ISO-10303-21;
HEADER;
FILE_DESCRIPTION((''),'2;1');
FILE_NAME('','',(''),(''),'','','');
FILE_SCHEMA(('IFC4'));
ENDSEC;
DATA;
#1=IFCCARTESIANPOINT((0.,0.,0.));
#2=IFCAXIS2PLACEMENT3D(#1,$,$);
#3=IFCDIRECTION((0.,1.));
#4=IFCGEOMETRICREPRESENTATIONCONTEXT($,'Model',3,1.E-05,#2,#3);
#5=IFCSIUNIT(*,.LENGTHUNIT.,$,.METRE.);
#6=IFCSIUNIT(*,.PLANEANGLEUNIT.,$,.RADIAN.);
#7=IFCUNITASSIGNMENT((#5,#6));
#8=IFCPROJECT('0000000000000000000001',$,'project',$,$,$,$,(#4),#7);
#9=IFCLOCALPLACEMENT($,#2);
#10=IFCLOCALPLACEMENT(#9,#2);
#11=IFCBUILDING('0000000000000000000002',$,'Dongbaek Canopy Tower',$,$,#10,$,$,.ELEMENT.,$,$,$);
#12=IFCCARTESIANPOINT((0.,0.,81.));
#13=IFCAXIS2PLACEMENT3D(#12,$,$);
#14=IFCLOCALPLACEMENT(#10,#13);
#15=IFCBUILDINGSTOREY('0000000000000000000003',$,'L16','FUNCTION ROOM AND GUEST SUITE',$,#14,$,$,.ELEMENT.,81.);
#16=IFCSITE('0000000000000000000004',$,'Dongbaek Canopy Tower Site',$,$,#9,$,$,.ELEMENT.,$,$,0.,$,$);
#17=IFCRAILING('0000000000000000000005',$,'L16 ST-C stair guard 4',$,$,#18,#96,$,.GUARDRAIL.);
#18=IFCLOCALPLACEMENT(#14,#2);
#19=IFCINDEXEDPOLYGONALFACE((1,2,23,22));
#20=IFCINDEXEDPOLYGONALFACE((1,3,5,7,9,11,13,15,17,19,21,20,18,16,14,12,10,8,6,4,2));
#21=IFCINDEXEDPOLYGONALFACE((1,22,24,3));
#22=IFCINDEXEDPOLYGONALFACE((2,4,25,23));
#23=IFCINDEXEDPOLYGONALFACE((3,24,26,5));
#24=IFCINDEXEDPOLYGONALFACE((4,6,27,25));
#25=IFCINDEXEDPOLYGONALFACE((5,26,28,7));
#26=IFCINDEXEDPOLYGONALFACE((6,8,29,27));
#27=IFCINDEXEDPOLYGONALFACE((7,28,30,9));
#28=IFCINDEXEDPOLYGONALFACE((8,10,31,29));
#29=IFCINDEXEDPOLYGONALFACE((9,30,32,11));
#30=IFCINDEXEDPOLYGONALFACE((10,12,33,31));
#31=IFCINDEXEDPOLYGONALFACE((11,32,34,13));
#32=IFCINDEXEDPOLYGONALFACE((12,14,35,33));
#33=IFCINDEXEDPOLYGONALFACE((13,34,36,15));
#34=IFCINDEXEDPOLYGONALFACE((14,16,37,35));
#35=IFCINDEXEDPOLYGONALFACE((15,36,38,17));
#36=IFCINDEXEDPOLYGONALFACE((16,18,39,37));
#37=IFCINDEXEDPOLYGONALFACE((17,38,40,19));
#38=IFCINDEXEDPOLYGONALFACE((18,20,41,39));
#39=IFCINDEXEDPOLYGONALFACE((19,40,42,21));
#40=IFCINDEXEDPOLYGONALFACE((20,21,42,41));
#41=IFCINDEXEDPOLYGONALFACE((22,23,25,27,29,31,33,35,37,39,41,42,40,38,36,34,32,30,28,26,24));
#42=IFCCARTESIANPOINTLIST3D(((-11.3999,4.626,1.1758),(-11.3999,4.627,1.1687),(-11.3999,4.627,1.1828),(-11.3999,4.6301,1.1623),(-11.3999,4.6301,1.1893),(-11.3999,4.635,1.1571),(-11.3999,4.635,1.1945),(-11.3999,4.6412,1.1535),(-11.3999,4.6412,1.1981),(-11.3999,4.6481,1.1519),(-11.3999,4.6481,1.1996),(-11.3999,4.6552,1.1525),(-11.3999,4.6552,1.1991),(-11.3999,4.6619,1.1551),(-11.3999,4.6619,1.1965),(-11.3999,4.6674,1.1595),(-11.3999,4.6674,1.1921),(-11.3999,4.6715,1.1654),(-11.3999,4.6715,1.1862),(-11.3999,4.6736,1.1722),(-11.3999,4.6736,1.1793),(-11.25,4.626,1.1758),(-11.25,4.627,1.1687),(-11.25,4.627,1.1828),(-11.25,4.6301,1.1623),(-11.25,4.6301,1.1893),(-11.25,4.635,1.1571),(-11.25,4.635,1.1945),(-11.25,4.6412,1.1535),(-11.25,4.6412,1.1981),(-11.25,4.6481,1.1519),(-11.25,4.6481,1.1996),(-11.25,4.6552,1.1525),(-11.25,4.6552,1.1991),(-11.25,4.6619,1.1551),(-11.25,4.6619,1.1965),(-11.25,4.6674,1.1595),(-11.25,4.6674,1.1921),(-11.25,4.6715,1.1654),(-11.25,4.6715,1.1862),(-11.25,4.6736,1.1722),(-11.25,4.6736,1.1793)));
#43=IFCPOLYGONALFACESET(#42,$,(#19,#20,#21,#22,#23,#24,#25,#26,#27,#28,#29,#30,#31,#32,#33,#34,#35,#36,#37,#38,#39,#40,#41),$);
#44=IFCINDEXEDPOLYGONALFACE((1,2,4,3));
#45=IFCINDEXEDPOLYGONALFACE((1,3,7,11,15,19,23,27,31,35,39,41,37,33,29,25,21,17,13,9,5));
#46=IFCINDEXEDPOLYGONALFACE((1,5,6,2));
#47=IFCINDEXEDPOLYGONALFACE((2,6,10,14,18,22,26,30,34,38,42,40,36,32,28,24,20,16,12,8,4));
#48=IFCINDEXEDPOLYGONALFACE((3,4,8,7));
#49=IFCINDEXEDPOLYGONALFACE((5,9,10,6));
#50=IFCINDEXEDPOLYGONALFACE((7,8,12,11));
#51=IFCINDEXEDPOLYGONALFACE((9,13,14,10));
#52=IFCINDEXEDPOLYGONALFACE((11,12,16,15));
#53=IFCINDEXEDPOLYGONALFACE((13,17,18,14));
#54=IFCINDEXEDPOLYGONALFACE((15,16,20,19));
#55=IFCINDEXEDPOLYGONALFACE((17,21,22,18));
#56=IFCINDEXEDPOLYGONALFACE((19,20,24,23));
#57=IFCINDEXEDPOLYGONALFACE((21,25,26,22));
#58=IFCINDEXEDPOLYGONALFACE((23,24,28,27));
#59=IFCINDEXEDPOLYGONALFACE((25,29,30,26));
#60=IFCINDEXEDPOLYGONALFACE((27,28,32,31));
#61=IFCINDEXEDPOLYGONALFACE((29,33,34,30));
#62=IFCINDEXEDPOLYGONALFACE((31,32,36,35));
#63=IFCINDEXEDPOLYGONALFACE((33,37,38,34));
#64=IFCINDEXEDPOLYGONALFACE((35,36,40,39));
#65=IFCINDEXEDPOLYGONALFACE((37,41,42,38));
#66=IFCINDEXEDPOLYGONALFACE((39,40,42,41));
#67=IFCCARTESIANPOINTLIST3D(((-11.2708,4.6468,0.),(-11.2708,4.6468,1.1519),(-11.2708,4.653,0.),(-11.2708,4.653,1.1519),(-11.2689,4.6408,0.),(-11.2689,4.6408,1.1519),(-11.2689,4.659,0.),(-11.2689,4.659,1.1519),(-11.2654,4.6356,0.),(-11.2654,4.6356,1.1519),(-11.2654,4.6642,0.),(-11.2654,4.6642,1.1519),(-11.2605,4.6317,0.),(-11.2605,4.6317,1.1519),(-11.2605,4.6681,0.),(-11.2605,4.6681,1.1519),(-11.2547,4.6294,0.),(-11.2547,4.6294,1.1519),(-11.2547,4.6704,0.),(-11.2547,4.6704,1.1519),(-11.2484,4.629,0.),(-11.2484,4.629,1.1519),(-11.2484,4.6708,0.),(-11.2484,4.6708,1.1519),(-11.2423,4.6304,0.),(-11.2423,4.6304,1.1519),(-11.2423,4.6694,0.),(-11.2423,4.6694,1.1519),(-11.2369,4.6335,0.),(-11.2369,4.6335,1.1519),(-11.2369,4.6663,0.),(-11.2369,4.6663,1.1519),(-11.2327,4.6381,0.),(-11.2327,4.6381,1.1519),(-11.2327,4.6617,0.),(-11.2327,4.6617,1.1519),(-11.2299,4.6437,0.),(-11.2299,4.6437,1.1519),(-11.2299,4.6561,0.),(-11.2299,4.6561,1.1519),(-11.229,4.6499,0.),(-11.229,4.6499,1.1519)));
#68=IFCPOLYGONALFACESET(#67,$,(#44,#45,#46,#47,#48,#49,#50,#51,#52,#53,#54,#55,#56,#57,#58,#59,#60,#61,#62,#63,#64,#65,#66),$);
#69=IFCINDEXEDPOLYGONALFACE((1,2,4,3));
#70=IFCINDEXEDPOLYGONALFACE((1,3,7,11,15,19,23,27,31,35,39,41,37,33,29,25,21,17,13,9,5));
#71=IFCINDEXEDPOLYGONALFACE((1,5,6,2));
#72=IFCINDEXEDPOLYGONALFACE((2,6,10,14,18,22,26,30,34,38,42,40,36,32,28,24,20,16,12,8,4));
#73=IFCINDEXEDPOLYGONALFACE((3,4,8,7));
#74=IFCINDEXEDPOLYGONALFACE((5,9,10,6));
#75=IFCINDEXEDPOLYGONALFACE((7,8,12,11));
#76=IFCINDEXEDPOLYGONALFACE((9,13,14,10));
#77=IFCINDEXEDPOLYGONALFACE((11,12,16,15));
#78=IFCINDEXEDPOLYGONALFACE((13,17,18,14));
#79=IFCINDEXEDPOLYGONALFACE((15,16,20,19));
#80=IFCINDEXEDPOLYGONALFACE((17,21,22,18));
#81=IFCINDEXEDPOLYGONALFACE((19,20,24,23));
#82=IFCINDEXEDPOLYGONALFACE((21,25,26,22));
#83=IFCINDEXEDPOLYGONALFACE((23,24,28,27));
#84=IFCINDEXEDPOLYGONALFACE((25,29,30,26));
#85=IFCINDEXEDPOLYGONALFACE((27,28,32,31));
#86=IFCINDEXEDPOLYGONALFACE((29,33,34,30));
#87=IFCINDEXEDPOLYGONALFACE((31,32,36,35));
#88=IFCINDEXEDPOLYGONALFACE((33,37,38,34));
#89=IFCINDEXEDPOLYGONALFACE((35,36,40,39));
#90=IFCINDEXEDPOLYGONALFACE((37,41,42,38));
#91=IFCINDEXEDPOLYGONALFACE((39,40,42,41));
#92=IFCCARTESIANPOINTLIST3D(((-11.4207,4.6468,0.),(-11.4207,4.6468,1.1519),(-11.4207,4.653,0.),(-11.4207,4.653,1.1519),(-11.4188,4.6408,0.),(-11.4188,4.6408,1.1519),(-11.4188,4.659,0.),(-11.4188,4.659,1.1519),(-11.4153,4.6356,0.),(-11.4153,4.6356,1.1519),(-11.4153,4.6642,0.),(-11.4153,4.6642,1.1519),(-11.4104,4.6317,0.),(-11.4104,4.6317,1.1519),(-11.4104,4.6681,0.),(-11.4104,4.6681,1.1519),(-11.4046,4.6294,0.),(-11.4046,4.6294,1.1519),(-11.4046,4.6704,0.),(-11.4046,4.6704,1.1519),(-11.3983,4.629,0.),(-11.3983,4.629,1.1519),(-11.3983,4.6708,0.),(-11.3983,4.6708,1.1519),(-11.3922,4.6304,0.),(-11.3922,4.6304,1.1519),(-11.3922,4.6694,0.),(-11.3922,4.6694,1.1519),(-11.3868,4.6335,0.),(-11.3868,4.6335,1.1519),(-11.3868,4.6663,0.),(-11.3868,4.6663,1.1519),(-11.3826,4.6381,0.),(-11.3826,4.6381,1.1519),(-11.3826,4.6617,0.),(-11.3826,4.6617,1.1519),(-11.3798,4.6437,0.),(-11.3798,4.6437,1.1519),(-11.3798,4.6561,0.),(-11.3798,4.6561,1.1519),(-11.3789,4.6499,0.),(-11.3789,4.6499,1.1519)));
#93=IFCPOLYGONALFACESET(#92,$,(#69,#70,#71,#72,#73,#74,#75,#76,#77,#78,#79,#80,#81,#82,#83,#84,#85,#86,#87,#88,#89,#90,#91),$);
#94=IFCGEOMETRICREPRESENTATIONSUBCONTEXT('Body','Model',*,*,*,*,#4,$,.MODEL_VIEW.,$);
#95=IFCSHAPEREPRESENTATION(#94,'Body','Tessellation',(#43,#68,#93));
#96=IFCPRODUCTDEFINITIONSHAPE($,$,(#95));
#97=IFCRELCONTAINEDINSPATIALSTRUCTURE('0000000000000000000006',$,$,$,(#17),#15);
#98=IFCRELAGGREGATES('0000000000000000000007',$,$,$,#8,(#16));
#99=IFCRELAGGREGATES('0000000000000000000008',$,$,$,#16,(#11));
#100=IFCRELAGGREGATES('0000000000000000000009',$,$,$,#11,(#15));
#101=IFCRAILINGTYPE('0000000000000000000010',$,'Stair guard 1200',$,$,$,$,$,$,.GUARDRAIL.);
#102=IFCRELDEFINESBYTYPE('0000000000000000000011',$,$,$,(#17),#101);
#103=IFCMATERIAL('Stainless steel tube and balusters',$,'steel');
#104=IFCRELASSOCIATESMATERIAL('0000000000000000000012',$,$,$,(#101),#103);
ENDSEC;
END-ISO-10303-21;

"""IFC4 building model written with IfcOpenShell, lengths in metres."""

from ifc_helpers import new_model, si_unit, direction, frame, origin, origin_2d, place, context, subcontext, project, spatial, circle, extrude, material, type_object, element, save


model = new_model("IFC4")

# Units and contexts
model_context = context("Model", 3, precision=1e-05, world=origin(), true_north=direction((0.0, 1.0)))
body_context = subcontext(model_context, "Body", "Model", "MODEL_VIEW")
ifc_project = project(units=[si_unit("LENGTHUNIT", "METRE"), si_unit("PLANEANGLEUNIT", "RADIAN")], contexts=[model_context])

# Site, building, storey
site_placement = place(None, origin())
site = spatial("IfcSite", under=ifc_project, at=site_placement, Name="Dongbaek Canopy Tower Site", CompositionType="ELEMENT", RefElevation=0.0)
building_placement = place(site_placement, origin())
building = spatial("IfcBuilding", under=site, at=building_placement, Name="Dongbaek Canopy Tower", CompositionType="ELEMENT")
storey_placement = place(building_placement, frame((0.0, 0.0, 81.0)))
storey = spatial("IfcBuildingStorey", under=building, at=storey_placement, Name="L16", Description="FUNCTION ROOM AND GUEST SUITE", CompositionType="ELEMENT", Elevation=81.0)

# Railing
ifc_material_1 = material(Name="Stainless steel tube and balusters", Category="steel")
railing_type_1 = type_object("IfcRailingType", Name="Stair guard 1200", PredefinedType="GUARDRAIL", material=ifc_material_1)
railing_1_placement = place(storey_placement, frame((-11.25, 4.6499, 0.0)))
element("IfcRailing", 1, at=railing_1_placement, inside=storey, type_object=railing_type_1, Name="L16 ST-C stair guard 4", PredefinedType="GUARDRAIL", context=body_context, shape_type="SweptSolid", body=[
    extrude(circle(Radius=0.0239, at=origin_2d()), frame((0.0, 0.0, 1.1758), z_axis=(-1.0, 0.0, 0.0), x_axis=(0.0, -1.0, 0.0)), (0.0, 0.0, 1.0), 0.1499),
    extrude(circle(Radius=0.021, at=origin_2d()), origin(), (0.0, 0.0, 1.0), 1.1519),
    extrude(circle(Radius=0.021, at=origin_2d()), frame((-0.1499, 0.0, 0.0)), (0.0, 0.0, 1.0), 1.1519),
])

save(model, "model.ifc")
